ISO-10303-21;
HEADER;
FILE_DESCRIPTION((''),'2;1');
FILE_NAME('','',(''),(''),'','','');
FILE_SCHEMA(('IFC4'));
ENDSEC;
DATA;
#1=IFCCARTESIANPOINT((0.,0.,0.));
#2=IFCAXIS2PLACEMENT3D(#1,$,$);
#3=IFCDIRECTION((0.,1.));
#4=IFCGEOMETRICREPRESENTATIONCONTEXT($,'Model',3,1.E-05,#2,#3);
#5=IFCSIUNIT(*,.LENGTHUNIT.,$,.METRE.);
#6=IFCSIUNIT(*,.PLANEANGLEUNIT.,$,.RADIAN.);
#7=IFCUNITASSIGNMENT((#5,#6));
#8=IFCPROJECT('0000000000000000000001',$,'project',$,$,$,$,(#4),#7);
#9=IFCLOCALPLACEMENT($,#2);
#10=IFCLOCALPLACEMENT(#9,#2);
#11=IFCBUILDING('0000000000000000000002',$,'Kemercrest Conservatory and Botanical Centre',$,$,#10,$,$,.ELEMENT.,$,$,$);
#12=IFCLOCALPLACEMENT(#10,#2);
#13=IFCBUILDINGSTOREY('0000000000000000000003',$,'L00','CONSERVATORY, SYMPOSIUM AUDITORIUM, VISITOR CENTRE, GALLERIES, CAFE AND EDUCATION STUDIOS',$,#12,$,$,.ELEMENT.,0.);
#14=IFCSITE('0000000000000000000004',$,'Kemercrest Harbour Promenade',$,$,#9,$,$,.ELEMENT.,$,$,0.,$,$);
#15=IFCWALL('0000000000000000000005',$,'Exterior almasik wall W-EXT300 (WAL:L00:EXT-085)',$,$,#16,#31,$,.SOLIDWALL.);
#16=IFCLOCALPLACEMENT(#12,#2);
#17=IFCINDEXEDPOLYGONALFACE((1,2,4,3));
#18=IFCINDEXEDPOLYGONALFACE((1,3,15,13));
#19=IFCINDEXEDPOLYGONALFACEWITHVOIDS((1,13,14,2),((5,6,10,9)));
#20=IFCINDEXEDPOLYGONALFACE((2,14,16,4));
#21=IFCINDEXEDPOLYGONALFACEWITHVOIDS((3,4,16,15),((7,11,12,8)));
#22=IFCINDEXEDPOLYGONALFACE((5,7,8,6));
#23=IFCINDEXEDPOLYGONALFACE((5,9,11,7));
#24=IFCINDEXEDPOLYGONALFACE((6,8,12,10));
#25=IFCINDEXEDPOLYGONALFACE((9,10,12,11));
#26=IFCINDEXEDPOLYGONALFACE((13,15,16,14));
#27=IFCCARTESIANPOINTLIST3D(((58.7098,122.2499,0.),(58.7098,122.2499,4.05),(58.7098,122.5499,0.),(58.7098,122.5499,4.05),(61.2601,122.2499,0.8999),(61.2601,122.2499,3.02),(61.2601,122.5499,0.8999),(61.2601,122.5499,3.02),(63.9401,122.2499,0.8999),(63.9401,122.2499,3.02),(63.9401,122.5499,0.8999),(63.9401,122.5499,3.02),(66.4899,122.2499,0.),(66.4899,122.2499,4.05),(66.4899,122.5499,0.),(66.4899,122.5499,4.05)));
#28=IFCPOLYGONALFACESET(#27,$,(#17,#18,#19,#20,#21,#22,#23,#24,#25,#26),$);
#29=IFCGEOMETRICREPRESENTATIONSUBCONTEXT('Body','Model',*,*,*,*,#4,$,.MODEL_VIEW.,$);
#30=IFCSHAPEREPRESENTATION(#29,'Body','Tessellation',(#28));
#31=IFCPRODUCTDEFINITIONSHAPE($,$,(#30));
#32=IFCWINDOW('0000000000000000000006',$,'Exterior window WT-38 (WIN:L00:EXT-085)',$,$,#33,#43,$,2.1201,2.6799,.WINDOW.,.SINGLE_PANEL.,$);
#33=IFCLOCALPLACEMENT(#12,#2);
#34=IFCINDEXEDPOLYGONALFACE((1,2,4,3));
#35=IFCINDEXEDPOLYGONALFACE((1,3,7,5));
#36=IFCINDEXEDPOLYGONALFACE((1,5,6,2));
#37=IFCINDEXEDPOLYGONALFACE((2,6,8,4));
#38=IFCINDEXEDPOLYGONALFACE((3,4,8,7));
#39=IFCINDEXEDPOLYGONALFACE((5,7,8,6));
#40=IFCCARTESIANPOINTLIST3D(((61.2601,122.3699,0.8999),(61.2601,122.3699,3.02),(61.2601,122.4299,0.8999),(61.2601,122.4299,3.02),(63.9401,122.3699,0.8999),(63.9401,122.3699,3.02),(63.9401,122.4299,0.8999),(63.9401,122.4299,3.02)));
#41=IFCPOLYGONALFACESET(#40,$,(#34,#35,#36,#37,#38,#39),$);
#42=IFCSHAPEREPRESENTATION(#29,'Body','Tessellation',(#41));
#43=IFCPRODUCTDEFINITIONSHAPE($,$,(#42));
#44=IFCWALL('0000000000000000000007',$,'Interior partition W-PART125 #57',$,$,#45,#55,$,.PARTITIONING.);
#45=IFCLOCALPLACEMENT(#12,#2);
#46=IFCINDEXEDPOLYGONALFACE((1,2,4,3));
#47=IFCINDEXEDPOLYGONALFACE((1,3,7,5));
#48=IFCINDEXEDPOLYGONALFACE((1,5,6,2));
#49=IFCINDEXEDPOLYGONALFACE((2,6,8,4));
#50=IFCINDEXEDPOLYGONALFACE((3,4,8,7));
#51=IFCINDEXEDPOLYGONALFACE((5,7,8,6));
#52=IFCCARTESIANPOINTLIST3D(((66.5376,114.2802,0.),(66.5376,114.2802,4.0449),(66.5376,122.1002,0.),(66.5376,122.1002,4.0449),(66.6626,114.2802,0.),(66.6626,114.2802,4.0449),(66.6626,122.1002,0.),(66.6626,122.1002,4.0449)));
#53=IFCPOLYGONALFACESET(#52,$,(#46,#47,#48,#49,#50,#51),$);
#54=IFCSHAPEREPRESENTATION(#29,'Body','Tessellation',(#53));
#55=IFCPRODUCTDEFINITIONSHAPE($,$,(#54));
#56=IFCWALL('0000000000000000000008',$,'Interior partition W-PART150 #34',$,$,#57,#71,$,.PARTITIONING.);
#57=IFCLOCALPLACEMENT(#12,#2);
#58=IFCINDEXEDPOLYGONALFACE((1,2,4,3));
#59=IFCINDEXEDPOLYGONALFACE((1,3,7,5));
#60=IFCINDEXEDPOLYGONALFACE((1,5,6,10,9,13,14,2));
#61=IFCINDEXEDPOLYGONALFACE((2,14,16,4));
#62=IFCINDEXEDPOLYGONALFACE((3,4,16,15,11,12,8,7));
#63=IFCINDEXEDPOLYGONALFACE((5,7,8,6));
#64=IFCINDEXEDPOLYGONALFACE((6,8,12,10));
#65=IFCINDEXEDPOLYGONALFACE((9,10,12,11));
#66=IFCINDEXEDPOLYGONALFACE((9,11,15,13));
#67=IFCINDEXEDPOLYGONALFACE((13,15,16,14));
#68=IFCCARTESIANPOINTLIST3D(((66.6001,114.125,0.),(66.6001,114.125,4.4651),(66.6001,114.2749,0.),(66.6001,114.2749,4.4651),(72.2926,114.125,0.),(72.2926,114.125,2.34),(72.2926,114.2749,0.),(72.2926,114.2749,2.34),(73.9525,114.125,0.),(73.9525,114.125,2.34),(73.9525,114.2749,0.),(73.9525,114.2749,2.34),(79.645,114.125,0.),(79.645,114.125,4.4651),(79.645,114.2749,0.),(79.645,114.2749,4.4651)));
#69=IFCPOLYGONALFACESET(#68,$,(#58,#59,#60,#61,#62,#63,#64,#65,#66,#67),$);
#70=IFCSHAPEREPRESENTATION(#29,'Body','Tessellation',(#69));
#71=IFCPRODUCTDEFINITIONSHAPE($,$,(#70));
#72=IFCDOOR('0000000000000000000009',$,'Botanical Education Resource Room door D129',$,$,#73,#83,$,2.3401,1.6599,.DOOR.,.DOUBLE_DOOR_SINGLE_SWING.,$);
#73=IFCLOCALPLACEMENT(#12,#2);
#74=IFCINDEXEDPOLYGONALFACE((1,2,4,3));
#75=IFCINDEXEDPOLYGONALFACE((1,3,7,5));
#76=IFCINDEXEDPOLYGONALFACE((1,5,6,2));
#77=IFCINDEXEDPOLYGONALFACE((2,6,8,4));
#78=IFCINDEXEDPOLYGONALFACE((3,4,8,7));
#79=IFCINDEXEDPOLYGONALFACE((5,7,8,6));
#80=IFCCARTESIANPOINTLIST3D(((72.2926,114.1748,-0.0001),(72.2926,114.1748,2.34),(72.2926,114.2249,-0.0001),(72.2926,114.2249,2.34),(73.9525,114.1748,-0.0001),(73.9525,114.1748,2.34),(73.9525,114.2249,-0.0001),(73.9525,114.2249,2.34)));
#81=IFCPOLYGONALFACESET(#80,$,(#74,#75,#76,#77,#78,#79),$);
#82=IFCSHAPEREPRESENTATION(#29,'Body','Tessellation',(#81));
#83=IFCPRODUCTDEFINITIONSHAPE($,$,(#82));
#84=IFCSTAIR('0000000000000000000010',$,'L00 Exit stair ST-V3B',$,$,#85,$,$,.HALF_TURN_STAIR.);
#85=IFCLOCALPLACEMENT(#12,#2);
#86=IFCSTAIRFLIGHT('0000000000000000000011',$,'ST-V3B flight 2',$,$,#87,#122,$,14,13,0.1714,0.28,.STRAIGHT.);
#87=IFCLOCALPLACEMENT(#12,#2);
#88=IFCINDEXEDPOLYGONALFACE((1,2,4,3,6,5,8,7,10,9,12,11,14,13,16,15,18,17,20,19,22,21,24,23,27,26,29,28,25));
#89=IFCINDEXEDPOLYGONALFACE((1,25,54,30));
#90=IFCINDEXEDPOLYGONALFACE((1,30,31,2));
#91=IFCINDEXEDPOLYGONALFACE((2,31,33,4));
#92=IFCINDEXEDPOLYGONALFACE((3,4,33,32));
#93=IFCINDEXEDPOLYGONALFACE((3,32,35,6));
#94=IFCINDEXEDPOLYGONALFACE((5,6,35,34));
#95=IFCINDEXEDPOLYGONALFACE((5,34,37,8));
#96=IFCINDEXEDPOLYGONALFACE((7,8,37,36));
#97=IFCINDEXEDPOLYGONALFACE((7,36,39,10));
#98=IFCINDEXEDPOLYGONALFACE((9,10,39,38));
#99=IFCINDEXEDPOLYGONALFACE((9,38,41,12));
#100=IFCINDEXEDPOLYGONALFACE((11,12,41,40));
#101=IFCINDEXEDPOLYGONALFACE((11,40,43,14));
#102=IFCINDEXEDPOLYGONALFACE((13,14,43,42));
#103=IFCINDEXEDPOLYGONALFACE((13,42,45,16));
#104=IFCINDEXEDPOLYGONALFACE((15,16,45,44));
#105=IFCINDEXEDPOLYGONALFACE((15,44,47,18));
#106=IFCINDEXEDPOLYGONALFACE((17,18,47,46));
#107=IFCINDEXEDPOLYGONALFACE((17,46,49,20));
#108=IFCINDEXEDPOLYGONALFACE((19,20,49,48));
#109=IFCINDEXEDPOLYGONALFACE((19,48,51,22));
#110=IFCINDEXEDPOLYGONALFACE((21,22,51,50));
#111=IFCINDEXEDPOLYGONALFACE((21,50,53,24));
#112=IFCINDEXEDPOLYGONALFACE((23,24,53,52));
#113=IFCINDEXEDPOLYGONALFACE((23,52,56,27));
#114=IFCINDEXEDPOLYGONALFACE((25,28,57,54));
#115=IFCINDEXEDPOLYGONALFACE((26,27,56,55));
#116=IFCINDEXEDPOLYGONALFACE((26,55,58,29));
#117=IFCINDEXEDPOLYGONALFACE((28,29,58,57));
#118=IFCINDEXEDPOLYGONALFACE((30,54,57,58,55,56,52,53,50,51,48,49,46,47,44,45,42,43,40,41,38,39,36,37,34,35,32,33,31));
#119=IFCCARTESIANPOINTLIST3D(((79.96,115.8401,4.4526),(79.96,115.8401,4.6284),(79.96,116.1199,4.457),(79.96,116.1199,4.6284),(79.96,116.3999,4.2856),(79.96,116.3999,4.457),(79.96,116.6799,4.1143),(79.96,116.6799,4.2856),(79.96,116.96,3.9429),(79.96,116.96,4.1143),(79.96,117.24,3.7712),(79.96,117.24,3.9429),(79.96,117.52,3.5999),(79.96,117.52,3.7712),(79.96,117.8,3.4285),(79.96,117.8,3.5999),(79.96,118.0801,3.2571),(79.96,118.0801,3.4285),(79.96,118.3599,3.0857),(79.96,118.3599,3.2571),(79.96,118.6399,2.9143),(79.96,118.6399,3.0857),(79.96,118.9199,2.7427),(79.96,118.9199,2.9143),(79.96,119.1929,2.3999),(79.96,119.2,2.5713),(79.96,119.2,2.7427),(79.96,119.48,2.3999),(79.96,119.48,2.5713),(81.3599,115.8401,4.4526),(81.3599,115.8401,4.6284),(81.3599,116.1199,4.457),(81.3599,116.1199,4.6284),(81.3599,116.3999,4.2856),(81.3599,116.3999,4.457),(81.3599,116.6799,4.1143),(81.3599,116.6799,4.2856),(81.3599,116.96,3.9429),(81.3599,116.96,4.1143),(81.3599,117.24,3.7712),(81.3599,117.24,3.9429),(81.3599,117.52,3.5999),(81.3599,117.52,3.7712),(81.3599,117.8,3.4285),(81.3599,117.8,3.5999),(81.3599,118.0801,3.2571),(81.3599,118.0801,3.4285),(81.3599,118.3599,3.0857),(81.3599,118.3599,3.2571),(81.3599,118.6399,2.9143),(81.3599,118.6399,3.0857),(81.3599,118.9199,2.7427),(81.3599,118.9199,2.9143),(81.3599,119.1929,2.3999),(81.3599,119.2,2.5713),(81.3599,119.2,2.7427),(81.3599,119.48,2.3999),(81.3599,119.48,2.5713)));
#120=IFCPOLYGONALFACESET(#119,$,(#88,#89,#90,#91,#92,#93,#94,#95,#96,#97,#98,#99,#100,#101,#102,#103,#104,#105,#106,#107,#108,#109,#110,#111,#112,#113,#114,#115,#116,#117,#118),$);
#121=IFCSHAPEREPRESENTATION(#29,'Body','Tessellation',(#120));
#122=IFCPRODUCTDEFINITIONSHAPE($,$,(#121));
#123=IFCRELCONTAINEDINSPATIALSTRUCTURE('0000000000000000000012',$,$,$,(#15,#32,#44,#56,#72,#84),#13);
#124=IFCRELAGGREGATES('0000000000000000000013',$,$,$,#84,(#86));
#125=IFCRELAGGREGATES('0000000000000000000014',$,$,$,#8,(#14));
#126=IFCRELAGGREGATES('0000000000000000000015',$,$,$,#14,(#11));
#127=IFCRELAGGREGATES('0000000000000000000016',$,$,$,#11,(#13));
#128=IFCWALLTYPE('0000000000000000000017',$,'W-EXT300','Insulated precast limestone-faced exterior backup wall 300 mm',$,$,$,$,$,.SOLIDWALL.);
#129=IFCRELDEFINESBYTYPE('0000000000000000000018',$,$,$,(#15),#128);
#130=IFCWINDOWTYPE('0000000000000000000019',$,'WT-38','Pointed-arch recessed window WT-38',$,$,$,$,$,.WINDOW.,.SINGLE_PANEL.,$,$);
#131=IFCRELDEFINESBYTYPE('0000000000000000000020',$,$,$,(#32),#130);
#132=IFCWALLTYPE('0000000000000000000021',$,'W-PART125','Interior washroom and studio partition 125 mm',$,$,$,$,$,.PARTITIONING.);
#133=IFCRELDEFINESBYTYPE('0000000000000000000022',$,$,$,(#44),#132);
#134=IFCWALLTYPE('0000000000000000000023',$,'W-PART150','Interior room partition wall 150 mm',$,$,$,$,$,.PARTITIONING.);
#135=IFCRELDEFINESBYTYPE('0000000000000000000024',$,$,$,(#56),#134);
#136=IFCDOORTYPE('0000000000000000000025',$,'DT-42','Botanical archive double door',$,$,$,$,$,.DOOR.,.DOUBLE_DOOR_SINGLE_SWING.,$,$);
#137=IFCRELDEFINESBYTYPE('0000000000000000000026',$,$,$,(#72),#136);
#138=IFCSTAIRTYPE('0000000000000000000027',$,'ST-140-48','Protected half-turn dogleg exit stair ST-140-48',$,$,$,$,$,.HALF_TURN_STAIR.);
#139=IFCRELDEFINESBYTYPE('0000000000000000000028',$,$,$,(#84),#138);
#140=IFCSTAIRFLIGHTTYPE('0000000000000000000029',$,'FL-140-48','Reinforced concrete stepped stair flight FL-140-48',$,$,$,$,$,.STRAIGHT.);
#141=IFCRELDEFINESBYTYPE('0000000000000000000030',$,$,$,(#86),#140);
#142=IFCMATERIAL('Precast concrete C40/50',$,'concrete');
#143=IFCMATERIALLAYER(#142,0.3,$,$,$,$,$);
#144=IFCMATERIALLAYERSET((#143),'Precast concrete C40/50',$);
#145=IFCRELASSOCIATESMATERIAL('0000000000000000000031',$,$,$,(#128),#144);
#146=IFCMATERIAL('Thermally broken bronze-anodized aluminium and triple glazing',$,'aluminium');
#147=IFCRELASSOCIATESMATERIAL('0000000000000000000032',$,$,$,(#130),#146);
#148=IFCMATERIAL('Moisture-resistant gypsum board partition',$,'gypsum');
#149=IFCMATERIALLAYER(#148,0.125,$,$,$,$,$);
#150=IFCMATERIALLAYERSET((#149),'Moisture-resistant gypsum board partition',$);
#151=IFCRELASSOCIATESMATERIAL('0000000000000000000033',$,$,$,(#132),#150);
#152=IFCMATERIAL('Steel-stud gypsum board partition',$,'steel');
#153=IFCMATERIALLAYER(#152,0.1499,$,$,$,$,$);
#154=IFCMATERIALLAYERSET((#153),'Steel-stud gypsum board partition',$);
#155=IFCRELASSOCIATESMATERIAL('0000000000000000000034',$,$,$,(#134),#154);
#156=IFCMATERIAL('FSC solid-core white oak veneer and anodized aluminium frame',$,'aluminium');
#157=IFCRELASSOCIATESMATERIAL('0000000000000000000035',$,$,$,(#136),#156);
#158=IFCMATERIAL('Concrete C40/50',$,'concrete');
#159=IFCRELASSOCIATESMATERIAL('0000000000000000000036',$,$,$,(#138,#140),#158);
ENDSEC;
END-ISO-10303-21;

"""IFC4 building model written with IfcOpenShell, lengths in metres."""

from ifc_helpers import new_model, si_unit, direction, frame, frame_2d, origin, place, context, subcontext, project, spatial, polyline, rectangle, outline, extrude, material, layer, layer_set, type_object, element, fill, aggregate, save


model = new_model("IFC4")

# Units and contexts
model_context = context("Model", 3, precision=1e-05, world=origin(), true_north=direction((0.0, 1.0)))
body_context = subcontext(model_context, "Body", "Model", "MODEL_VIEW")
ifc_project = project(units=[si_unit("LENGTHUNIT", "METRE"), si_unit("PLANEANGLEUNIT", "RADIAN")], contexts=[model_context])

# Site, building, storey
site_placement = place(None, origin())
site = spatial("IfcSite", under=ifc_project, at=site_placement, Name="Kemercrest Harbour Promenade", CompositionType="ELEMENT", RefElevation=0.0)
building_placement = place(site_placement, origin())
building = spatial("IfcBuilding", under=site, at=building_placement, Name="Kemercrest Conservatory and Botanical Centre", CompositionType="ELEMENT")
storey_placement = place(building_placement, origin())
storey = spatial("IfcBuildingStorey", under=building, at=storey_placement, Name="L00", Description="CONSERVATORY, SYMPOSIUM AUDITORIUM, VISITOR CENTRE, GALLERIES, CAFE AND EDUCATION STUDIOS", CompositionType="ELEMENT", Elevation=0.0)

# Shared definitions
ifc_material_1 = material(Name="Concrete C40/50", Category="concrete")

# Shared definitions
ifc_material_2 = material(Name="Precast concrete C40/50", Category="concrete")

# Wall, opening, window
ifc_layer_1 = layer(ifc_material_2, 0.3)
ifc_layer_set_1 = layer_set([ifc_layer_1], Name="Precast concrete C40/50")
wall_type_1 = type_object("IfcWallType", Name="W-EXT300", Description="Insulated precast limestone-faced exterior backup wall 300 mm", PredefinedType="SOLIDWALL", material=ifc_layer_set_1)
ifc_material_3 = material(Name="Thermally broken bronze-anodized aluminium and triple glazing", Category="aluminium")
wall_1_placement = place(storey_placement, frame((66.49, 122.3999, 0.0), z_axis=(0.0, 0.0, 1.0), x_axis=(-1.0, 0.0, 0.0)))
wall_1 = element("IfcWall", 1, at=wall_1_placement, inside=storey, type_object=wall_type_1, Name="Exterior almasik wall W-EXT300 (WAL:L00:EXT-085)", PredefinedType="SOLIDWALL", context=body_context, shape_type="SweptSolid", body=[
    extrude(rectangle(XDim=7.78, YDim=0.3, at=frame_2d((3.8901, 0.0))), origin(), (0.0, 0.0, 1.0), 4.05),
])
opening_1_placement = place(wall_1_placement, frame((2.55, 0.0, 0.8999)))
opening_1 = element("IfcOpeningElement", 2, at=opening_1_placement, cuts=wall_1, PredefinedType="OPENING", context=body_context, shape_type="SweptSolid", body=[
    extrude(rectangle(XDim=2.6799, YDim=2.1201, at=frame_2d((1.3398, 1.0601))), frame((0.0, 0.1602, 0.0), z_axis=(0.0, -1.0, 0.0), x_axis=(1.0, 0.0, 0.0)), (0.0, 0.0, 1.0), 0.3201),
])
window_type_1 = type_object("IfcWindowType", Name="WT-38", Description="Pointed-arch recessed window WT-38", PartitioningType="SINGLE_PANEL", PredefinedType="WINDOW", material=ifc_material_3)
window_1_placement = place(opening_1_placement, origin())
window_1 = element("IfcWindow", 3, at=window_1_placement, inside=storey, type_object=window_type_1, Name="Exterior window WT-38 (WIN:L00:EXT-085)", OverallHeight=2.1201, OverallWidth=2.6799, PartitioningType="SINGLE_PANEL", PredefinedType="WINDOW", context=body_context, shape_type="SweptSolid", body=[
    extrude(rectangle(XDim=2.6799, YDim=2.1201, at=frame_2d((1.3398, 1.0601))), frame((0.0, 0.03, 0.0), z_axis=(0.0, -1.0, 0.0), x_axis=(1.0, 0.0, 0.0)), (0.0, 0.0, 1.0), 0.0601),
])
fill(opening_1, window_1)

# Wall
ifc_material_4 = material(Name="Moisture-resistant gypsum board partition", Category="gypsum")
ifc_layer_2 = layer(ifc_material_4, 0.125)
ifc_layer_set_2 = layer_set([ifc_layer_2], Name="Moisture-resistant gypsum board partition")
wall_type_2 = type_object("IfcWallType", Name="W-PART125", Description="Interior washroom and studio partition 125 mm", PredefinedType="PARTITIONING", material=ifc_layer_set_2)
wall_2_placement = place(storey_placement, frame((66.6001, 114.28, 0.0), z_axis=(0.0, 0.0, 1.0), x_axis=(0.0, 1.0, 0.0)))
element("IfcWall", 4, at=wall_2_placement, inside=storey, type_object=wall_type_2, Name="Interior partition W-PART125 #57", PredefinedType="PARTITIONING", context=body_context, shape_type="SweptSolid", body=[
    extrude(rectangle(XDim=7.8201, YDim=0.125, at=frame_2d((3.9102, 0.0))), origin(), (0.0, 0.0, 1.0), 4.0449),
])

# Wall, opening, door
ifc_material_5 = material(Name="Steel-stud gypsum board partition", Category="steel")
ifc_layer_3 = layer(ifc_material_5, 0.1499)
ifc_layer_set_3 = layer_set([ifc_layer_3], Name="Steel-stud gypsum board partition")
wall_type_3 = type_object("IfcWallType", Name="W-PART150", Description="Interior room partition wall 150 mm", PredefinedType="PARTITIONING", material=ifc_layer_set_3)
wall_3_placement = place(storey_placement, frame((66.6001, 114.2, 0.0), z_axis=(0.0, 0.0, 1.0), x_axis=(1.0, 0.0, 0.0)))
wall_3 = element("IfcWall", 5, at=wall_3_placement, inside=storey, type_object=wall_type_3, Name="Interior partition W-PART150 #34", PredefinedType="PARTITIONING", context=body_context, shape_type="SweptSolid", body=[
    extrude(rectangle(XDim=13.0449, YDim=0.1499, at=frame_2d((6.5225, 0.0))), origin(), (0.0, 0.0, 1.0), 4.4651),
])
opening_2_placement = place(wall_3_placement, frame((5.6924, 0.0, 0.0)))
opening_2 = element("IfcOpeningElement", 6, at=opening_2_placement, cuts=wall_3, PredefinedType="OPENING", context=body_context, shape_type="SweptSolid", body=[
    extrude(rectangle(XDim=1.6599, YDim=2.3401, at=frame_2d((0.8301, 1.1699))), frame((0.0, 0.085, 0.0), z_axis=(0.0, -1.0, 0.0), x_axis=(1.0, 0.0, 0.0)), (0.0, 0.0, 1.0), 0.1699),
])
ifc_material_6 = material(Name="FSC solid-core white oak veneer and anodized aluminium frame", Category="aluminium")
door_type_1 = type_object("IfcDoorType", Name="DT-42", Description="Botanical archive double door", OperationType="DOUBLE_DOOR_SINGLE_SWING", PredefinedType="DOOR", material=ifc_material_6)
door_1_placement = place(opening_2_placement, origin())
door_1 = element("IfcDoor", 7, at=door_1_placement, inside=storey, type_object=door_type_1, Name="Botanical Education Resource Room door D129", OperationType="DOUBLE_DOOR_SINGLE_SWING", OverallHeight=2.3401, OverallWidth=1.6599, PredefinedType="DOOR", context=body_context, shape_type="SweptSolid", body=[
    extrude(rectangle(XDim=1.6599, YDim=2.3401, at=frame_2d((0.8301, 1.1699))), frame((0.0, 0.0249, 0.0), z_axis=(0.0, -1.0, 0.0), x_axis=(1.0, 0.0, 0.0)), (0.0, 0.0, 1.0), 0.05),
])
fill(opening_2, door_1)

# Stair, stair flight
stair_type = type_object("IfcStairType", Name="ST-140-48", Description="Protected half-turn dogleg exit stair ST-140-48", PredefinedType="HALF_TURN_STAIR", material=ifc_material_1)
stair_placement = place(storey_placement, origin())
stair = element("IfcStair", 8, at=stair_placement, inside=storey, type_object=stair_type, Name="L00 Exit stair ST-V3B", PredefinedType="HALF_TURN_STAIR")
stair_flight_type = type_object("IfcStairFlightType", Name="FL-140-48", Description="Reinforced concrete stepped stair flight FL-140-48", PredefinedType="STRAIGHT", material=ifc_material_1)
stair_flight_placement = place(storey_placement, frame((80.6599, 119.48, 2.3999), z_axis=(0.0, 0.0, 1.0), x_axis=(0.0, -1.0, 0.0)))
stair_flight = element("IfcStairFlight", 9, at=stair_flight_placement, type_object=stair_flight_type, Name="ST-V3B flight 2", NumberOfRisers=14, NumberOfTreads=13, PredefinedType="STRAIGHT", RiserHeight=0.1714, TreadLength=0.28, context=body_context, shape_type="SweptSolid", body=[
    extrude(outline(polyline([(0.0, 0.0), (0.0, 0.1714), (0.28, 0.1714), (0.28, 0.3428), (0.5601, 0.3428), (0.5601, 0.5144), (0.8401, 0.5144), (0.8401, 0.6858), (1.1201, 0.6858), (1.1201, 0.8572), (1.3999, 0.8572), (1.3999, 1.0286), (1.6799, 1.0286), (1.6799, 1.2), (1.96, 1.2), (1.96, 1.3713), (2.24, 1.3713), (2.24, 1.543), (2.52, 1.543), (2.52, 1.7144), (2.8, 1.7144), (2.8, 1.8857), (3.0801, 1.8857), (3.0801, 2.0571), (3.3601, 2.0571), (3.3601, 2.2285), (3.6399, 2.2285), (3.6399, 2.3999), (3.6399, 2.0527), (0.2871, 0.0), (0.0, 0.0)])), frame((0.0, 0.7, 0.0), z_axis=(0.0, -1.0, 0.0), x_axis=(1.0, 0.0, 0.0)), (0.0, 0.0, 1.0), 1.3999),
])
aggregate(stair, [stair_flight])

save(model, "model.ifc")
